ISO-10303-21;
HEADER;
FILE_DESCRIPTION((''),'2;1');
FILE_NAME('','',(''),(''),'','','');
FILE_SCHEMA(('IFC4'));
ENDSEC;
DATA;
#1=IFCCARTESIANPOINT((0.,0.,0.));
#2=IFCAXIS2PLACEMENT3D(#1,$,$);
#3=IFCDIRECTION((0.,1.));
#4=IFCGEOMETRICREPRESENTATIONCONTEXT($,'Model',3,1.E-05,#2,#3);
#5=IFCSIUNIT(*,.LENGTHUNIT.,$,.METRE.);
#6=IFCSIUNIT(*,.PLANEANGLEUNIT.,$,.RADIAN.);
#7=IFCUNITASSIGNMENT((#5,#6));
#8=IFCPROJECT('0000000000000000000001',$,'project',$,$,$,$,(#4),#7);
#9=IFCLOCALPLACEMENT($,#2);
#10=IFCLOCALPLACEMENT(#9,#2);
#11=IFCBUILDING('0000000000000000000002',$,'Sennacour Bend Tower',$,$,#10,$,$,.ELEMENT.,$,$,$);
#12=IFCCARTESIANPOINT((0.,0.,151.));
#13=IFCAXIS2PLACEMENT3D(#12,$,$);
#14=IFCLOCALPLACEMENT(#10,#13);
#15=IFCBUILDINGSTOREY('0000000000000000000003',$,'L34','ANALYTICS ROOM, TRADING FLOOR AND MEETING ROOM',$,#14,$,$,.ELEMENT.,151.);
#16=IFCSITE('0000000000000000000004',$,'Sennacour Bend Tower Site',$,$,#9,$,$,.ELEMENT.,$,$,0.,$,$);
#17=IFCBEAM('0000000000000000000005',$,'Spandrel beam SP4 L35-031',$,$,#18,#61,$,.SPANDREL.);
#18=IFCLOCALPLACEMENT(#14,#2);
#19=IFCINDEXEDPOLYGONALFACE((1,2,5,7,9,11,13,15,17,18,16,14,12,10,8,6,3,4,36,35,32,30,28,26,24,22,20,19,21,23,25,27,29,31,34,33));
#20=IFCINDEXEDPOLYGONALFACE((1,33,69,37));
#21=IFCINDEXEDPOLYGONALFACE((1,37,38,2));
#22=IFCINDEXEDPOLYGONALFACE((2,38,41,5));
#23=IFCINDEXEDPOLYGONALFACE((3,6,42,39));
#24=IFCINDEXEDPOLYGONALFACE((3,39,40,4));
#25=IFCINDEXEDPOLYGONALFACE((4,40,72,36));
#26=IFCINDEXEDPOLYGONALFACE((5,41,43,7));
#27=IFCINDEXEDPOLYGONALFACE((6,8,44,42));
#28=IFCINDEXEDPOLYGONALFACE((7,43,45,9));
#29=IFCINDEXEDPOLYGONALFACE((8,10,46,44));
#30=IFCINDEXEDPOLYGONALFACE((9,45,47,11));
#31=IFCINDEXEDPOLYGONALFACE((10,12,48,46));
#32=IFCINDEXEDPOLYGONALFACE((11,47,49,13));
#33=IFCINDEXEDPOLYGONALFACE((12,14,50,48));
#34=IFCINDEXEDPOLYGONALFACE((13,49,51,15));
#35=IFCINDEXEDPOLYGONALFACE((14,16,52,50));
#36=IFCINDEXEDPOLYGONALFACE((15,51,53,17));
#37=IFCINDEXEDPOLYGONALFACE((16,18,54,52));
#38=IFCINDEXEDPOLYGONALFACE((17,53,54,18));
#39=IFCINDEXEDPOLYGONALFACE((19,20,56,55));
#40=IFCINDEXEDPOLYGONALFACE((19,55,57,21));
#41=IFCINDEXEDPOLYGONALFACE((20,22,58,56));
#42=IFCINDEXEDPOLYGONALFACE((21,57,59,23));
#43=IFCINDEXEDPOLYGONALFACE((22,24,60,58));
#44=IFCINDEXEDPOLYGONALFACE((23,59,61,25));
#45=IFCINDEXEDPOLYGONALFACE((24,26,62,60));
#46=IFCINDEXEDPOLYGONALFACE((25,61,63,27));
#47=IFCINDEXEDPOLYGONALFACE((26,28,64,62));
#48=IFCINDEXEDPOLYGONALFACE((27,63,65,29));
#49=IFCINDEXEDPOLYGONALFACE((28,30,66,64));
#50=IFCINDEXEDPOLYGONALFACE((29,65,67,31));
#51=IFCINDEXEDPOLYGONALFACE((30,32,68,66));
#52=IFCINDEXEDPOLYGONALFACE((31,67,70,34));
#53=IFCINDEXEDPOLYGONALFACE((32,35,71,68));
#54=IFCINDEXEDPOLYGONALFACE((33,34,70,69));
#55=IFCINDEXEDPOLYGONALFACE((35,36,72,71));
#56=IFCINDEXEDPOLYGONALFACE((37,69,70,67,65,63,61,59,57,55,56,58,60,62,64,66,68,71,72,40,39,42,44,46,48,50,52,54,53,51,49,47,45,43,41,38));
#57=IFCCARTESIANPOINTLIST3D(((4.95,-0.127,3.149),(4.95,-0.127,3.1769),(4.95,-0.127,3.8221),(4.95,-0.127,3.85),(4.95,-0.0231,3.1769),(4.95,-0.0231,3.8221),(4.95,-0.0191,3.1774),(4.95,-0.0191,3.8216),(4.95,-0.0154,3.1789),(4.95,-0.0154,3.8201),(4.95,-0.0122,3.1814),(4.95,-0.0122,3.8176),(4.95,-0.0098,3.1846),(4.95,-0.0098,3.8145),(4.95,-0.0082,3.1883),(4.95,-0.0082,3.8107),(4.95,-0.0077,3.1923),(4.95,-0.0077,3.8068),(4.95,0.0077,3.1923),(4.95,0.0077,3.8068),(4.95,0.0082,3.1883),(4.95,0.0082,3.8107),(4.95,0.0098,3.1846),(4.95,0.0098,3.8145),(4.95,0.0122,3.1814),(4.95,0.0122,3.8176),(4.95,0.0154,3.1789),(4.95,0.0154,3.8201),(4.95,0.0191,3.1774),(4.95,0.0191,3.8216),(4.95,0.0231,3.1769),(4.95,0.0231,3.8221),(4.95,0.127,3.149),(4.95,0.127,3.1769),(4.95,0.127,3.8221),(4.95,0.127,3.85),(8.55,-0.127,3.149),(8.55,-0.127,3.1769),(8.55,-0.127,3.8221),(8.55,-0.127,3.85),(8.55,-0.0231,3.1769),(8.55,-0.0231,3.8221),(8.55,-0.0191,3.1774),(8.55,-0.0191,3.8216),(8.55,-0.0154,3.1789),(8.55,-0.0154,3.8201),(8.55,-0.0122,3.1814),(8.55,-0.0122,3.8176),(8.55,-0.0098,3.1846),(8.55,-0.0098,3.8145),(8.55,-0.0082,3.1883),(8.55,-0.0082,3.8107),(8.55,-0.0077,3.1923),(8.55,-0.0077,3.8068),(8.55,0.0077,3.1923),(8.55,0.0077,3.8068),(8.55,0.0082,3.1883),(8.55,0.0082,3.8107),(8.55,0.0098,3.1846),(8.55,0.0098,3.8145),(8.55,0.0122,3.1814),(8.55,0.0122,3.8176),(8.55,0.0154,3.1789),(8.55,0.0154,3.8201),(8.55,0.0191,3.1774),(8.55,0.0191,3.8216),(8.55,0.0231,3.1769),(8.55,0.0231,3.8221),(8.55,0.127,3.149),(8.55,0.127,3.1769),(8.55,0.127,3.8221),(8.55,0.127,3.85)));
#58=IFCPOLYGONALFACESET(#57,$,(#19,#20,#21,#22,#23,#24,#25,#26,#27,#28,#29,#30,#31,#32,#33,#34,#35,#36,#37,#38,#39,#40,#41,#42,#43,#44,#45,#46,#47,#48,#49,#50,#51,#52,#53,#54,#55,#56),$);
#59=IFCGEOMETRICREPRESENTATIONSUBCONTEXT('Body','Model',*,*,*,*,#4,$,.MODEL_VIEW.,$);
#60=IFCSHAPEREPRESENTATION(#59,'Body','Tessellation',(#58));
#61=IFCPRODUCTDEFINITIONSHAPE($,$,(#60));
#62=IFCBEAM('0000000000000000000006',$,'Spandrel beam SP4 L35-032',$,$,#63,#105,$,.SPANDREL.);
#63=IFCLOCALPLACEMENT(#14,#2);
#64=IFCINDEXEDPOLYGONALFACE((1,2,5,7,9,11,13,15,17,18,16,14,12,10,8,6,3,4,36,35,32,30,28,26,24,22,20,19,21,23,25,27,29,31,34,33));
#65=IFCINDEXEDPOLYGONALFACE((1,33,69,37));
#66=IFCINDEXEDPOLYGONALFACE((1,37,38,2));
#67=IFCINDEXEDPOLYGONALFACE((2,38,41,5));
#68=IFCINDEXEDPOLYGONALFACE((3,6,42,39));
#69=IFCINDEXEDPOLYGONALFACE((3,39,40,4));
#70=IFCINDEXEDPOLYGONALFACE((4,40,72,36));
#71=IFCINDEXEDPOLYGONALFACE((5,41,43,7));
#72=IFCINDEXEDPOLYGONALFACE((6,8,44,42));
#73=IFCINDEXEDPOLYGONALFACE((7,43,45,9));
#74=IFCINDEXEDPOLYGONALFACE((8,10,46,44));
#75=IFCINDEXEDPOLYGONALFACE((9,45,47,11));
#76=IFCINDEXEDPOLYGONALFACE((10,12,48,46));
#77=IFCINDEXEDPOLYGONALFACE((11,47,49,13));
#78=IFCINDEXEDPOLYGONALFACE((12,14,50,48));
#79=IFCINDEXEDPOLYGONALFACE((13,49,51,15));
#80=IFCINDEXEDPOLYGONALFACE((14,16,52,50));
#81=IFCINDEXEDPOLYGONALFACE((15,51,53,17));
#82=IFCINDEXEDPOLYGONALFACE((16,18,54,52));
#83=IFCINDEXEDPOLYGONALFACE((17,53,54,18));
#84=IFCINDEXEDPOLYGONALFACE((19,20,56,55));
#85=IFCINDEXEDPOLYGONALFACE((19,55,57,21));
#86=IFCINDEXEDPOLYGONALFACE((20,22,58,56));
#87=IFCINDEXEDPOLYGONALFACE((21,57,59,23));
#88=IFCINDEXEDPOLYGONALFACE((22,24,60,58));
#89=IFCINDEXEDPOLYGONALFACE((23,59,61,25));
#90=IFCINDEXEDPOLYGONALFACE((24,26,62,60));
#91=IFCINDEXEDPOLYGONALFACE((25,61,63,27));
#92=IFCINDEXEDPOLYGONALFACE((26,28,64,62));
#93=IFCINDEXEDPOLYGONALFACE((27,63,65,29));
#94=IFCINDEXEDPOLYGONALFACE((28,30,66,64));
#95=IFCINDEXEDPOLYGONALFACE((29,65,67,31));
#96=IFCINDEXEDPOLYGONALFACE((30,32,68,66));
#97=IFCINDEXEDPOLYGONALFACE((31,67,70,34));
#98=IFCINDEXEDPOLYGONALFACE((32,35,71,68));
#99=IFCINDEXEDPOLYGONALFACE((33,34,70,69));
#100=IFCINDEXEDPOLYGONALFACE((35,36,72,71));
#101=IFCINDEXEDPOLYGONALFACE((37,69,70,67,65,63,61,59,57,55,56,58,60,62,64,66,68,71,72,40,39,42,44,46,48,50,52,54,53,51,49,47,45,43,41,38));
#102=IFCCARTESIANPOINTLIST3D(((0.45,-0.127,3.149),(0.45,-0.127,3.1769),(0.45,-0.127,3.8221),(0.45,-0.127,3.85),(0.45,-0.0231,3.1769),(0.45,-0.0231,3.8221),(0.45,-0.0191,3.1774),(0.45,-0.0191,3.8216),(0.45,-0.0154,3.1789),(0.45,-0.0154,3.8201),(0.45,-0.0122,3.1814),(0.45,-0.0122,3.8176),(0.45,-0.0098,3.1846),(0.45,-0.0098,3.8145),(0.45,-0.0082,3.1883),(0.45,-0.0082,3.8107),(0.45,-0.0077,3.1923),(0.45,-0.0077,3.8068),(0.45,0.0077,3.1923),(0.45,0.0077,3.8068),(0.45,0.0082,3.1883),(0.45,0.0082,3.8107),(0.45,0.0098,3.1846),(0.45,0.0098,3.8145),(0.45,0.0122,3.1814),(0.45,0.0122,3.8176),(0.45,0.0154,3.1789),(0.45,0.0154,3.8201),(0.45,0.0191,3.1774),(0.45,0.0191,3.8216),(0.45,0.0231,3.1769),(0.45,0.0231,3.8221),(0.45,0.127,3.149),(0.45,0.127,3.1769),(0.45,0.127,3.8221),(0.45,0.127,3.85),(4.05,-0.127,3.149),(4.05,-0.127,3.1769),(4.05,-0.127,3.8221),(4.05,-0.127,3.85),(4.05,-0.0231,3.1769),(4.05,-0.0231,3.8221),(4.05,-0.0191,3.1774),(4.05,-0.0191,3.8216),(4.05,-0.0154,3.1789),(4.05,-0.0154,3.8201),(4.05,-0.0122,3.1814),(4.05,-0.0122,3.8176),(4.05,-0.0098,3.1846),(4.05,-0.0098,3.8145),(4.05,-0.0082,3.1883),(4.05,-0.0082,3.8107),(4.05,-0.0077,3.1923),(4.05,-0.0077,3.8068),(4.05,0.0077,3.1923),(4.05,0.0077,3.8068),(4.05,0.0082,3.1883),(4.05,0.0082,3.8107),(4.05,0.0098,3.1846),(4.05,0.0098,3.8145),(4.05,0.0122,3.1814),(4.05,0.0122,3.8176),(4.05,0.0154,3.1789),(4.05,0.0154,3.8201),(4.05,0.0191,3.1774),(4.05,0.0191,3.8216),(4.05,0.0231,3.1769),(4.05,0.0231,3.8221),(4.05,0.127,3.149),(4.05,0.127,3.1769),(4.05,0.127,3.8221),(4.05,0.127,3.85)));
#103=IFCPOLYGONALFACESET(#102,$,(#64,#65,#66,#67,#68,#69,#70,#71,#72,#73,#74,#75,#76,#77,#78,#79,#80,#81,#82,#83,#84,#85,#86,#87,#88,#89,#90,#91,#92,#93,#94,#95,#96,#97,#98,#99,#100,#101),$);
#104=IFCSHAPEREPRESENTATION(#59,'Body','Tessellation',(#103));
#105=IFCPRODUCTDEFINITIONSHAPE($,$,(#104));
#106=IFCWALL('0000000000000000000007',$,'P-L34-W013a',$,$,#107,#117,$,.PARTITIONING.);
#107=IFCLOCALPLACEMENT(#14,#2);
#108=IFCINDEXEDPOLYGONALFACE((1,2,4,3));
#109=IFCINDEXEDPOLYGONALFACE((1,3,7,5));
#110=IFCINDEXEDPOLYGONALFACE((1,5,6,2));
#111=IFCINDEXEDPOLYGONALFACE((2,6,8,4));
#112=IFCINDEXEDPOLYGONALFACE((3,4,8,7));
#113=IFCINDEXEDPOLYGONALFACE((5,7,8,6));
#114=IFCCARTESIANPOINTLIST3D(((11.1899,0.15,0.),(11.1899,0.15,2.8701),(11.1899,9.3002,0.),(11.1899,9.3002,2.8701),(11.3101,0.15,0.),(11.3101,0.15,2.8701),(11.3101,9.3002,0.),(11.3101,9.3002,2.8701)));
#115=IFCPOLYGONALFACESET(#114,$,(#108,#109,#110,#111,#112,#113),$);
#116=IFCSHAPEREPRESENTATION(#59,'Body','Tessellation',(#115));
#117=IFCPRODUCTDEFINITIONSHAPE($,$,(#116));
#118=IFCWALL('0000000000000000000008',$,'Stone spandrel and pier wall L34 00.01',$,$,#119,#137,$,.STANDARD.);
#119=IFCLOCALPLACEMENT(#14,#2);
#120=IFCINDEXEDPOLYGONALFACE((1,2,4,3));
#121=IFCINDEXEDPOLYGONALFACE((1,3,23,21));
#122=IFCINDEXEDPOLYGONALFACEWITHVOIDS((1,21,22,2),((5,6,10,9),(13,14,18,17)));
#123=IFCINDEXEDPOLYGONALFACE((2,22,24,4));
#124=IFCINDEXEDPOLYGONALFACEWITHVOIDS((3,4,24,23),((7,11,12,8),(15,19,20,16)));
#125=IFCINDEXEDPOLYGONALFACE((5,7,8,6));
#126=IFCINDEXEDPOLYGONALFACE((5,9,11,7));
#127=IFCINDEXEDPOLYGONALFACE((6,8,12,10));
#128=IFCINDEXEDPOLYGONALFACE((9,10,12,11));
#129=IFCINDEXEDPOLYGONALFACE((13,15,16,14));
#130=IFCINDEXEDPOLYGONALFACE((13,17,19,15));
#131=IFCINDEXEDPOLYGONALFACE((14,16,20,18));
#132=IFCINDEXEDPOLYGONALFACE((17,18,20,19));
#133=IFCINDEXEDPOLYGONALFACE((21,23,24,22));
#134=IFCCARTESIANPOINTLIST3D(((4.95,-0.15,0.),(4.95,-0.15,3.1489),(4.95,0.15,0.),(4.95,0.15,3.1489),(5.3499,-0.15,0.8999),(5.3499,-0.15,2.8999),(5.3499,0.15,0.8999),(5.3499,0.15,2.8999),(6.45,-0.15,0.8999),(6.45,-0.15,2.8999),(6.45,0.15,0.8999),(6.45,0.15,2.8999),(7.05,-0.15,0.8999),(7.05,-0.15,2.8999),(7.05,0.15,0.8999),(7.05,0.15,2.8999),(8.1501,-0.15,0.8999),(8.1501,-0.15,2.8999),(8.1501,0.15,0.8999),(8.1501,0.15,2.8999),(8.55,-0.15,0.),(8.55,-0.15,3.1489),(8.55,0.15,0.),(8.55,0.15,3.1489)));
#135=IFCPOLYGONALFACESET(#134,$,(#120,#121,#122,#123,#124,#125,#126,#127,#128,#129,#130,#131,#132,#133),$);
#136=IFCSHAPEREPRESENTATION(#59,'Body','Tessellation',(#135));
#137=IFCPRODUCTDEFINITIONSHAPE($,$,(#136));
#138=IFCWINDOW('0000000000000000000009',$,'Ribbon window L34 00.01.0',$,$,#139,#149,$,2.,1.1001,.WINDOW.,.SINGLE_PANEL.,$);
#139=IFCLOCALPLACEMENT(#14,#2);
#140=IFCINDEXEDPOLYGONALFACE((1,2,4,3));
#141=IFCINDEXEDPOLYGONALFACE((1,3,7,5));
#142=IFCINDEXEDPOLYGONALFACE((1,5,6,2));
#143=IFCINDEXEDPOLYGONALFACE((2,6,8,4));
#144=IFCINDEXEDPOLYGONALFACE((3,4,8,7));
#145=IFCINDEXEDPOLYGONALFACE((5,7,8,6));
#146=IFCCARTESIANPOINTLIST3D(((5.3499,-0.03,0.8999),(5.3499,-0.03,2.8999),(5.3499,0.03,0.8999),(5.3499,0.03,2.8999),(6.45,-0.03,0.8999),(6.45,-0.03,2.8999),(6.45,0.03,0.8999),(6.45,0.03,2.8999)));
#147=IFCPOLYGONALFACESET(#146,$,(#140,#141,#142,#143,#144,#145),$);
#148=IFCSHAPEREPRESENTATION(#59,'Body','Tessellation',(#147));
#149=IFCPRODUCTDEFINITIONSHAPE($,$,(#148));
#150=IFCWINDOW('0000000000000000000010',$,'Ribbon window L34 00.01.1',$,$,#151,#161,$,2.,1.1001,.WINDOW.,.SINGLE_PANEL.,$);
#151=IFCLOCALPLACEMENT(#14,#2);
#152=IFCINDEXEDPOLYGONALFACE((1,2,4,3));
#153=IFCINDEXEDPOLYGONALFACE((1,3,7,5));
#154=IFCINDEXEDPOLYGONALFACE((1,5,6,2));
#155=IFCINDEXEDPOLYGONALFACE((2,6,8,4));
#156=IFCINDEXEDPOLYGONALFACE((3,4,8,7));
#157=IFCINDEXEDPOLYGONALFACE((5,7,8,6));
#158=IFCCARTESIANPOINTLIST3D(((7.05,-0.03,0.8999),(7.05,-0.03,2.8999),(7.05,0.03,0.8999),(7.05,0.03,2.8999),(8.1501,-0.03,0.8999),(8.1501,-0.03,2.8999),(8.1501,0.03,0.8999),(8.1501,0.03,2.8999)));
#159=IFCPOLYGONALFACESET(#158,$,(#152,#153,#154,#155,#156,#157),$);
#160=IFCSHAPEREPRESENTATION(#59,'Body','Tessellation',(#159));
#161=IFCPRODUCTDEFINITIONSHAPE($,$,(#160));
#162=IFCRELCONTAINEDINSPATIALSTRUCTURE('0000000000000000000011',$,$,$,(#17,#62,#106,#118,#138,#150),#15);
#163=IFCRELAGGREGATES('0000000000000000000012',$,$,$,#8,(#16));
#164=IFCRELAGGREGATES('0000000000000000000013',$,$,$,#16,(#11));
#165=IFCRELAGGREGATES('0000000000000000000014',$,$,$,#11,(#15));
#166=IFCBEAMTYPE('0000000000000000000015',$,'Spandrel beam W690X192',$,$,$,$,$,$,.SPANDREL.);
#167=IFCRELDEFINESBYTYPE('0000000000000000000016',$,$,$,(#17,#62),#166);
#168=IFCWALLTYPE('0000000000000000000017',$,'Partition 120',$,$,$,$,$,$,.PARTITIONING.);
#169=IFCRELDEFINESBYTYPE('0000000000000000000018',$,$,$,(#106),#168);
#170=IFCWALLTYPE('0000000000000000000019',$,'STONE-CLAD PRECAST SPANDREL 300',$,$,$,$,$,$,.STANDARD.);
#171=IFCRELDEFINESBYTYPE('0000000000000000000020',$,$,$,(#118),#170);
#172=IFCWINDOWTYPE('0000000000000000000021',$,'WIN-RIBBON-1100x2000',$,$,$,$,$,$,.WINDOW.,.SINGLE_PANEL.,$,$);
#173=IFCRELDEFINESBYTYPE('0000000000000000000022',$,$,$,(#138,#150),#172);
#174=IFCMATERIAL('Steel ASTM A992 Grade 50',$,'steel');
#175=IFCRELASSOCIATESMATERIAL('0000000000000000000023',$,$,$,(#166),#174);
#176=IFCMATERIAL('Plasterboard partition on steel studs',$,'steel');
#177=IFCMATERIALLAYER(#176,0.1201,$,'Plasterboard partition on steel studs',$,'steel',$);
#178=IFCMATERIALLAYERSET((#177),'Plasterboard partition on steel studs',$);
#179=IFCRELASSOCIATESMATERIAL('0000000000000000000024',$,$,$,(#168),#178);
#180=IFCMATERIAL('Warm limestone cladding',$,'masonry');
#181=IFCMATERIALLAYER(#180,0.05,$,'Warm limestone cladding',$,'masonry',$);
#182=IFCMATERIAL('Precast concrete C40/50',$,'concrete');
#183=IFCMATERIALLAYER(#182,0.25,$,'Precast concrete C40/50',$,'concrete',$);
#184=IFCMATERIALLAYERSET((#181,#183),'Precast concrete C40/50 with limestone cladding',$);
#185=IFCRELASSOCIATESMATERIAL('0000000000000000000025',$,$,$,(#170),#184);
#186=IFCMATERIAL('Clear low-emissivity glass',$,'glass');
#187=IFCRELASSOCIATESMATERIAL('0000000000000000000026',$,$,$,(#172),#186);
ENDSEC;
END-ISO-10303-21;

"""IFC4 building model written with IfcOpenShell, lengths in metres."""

from ifc_helpers import new_model, si_unit, direction, frame, frame_2d, origin, origin_2d, place, context, subcontext, project, spatial, rectangle, i_section, extrude, material, layer, layer_set, material_profile, profile_set, type_object, element, fill, save


model = new_model("IFC4")

# Units and contexts
model_context = context("Model", 3, precision=1e-05, world=origin(), true_north=direction((0.0, 1.0)))
body_context = subcontext(model_context, "Body", "Model", "MODEL_VIEW")
ifc_project = project(units=[si_unit("LENGTHUNIT", "METRE"), si_unit("PLANEANGLEUNIT", "RADIAN")], contexts=[model_context])

# Site, building, storey
site_placement = place(None, origin())
site = spatial("IfcSite", under=ifc_project, at=site_placement, Name="Sennacour Bend Tower Site", CompositionType="ELEMENT", RefElevation=0.0)
building_placement = place(site_placement, origin())
building = spatial("IfcBuilding", under=site, at=building_placement, Name="Sennacour Bend Tower", CompositionType="ELEMENT")
storey_placement = place(building_placement, frame((0.0, 0.0, 151.0)))
storey = spatial("IfcBuildingStorey", under=building, at=storey_placement, Name="L34", Description="ANALYTICS ROOM, TRADING FLOOR AND MEETING ROOM", CompositionType="ELEMENT", Elevation=151.0)

# Beams
ifc_material_1 = material(Name="Steel ASTM A992 Grade 50", Category="steel")
ifc_material_profile_1 = material_profile(ifc_material_1, i_section(OverallWidth=0.2539, OverallDepth=0.7009, WebThickness=0.0154, FlangeThickness=0.0278, FilletRadius=0.0154, at=origin_2d()), Name="Steel ASTM A992 Grade 50", Category="steel")
ifc_profile_set_1 = profile_set([ifc_material_profile_1], Name="Steel ASTM A992 Grade 50")
beam_type_1 = type_object("IfcBeamType", Name="Spandrel beam W690X192", PredefinedType="SPANDREL", material=ifc_profile_set_1)
for number, where, z_axis, x_axis, name in (
    (1, (8.55, 0.0, 3.4995), (-1.0, 0.0, 0.0), (0.0, -1.0, 0.0), "Spandrel beam SP4 L35-031"),
    (2, (4.05, 0.0, 3.4995), (-1.0, 0.0, 0.0), (0.0, -1.0, 0.0), "Spandrel beam SP4 L35-032"),
):
    element("IfcBeam", number, at=place(storey_placement, frame(where, z_axis=z_axis, x_axis=x_axis)), inside=storey, type_object=beam_type_1, Name=name, PredefinedType="SPANDREL", context=body_context, shape_type="SweptSolid", body=[
        extrude(i_section(OverallWidth=0.2539, OverallDepth=0.7009, WebThickness=0.0154, FlangeThickness=0.0278, FilletRadius=0.0154, at=origin_2d()), origin(), (0.0, 0.0, 1.0), 3.6001),
    ])

# Wall
ifc_material_2 = material(Name="Plasterboard partition on steel studs", Category="steel")
ifc_layer_1 = layer(ifc_material_2, 0.1201, Name="Plasterboard partition on steel studs", Category="steel")
ifc_layer_set_1 = layer_set([ifc_layer_1], Name="Plasterboard partition on steel studs")
wall_type_1 = type_object("IfcWallType", Name="Partition 120", PredefinedType="PARTITIONING", material=ifc_layer_set_1)
wall_1_placement = place(storey_placement, frame((11.25, 0.1499, 0.0), z_axis=(0.0, 0.0, 1.0), x_axis=(0.0, 1.0, 0.0)))
element("IfcWall", 3, at=wall_1_placement, inside=storey, type_object=wall_type_1, Name="P-L34-W013a", PredefinedType="PARTITIONING", context=body_context, shape_type="SweptSolid", body=[
    extrude(rectangle(XDim=9.1501, YDim=0.1201, at=frame_2d((4.5752, 0.0))), origin(), (0.0, 0.0, 1.0), 2.8701),
])

# Wall, openings, windows
ifc_material_3 = material(Name="Warm limestone cladding", Category="masonry")
ifc_layer_2 = layer(ifc_material_3, 0.05, Name="Warm limestone cladding", Category="masonry")
ifc_material_4 = material(Name="Precast concrete C40/50", Category="concrete")
ifc_layer_3 = layer(ifc_material_4, 0.25, Name="Precast concrete C40/50", Category="concrete")
ifc_layer_set_2 = layer_set([ifc_layer_2, ifc_layer_3], Name="Precast concrete C40/50 with limestone cladding")
wall_type_2 = type_object("IfcWallType", Name="STONE-CLAD PRECAST SPANDREL 300", PredefinedType="STANDARD", material=ifc_layer_set_2)
wall_2_placement = place(storey_placement, frame((4.95, 0.0, 0.0), z_axis=(0.0, 0.0, 1.0), x_axis=(1.0, 0.0, 0.0)))
wall_2 = element("IfcWall", 4, at=wall_2_placement, inside=storey, type_object=wall_type_2, Name="Stone spandrel and pier wall L34 00.01", PredefinedType="STANDARD", context=body_context, shape_type="SweptSolid", body=[
    extrude(rectangle(XDim=3.6001, YDim=0.3, at=frame_2d((1.8, 0.0))), origin(), (0.0, 0.0, 1.0), 3.1489),
])
opening_1_placement = place(wall_2_placement, frame((0.3999, 0.0, 0.8999)))
opening_1 = element("IfcOpeningElement", 5, at=opening_1_placement, cuts=wall_2, PredefinedType="OPENING", context=body_context, shape_type="SweptSolid", body=[
    extrude(rectangle(XDim=1.1001, YDim=2.0, at=frame_2d((0.55, 1.0))), frame((0.0, 0.1602, 0.0), z_axis=(0.0, -1.0, 0.0), x_axis=(1.0, 0.0, 0.0)), (0.0, 0.0, 1.0), 0.3201),
])
opening_2_placement = place(wall_2_placement, frame((2.1001, 0.0, 0.8999)))
opening_2 = element("IfcOpeningElement", 6, at=opening_2_placement, cuts=wall_2, PredefinedType="OPENING", context=body_context, shape_type="SweptSolid", body=[
    extrude(rectangle(XDim=1.1001, YDim=2.0, at=frame_2d((0.55, 1.0))), frame((0.0, 0.1602, 0.0), z_axis=(0.0, -1.0, 0.0), x_axis=(1.0, 0.0, 0.0)), (0.0, 0.0, 1.0), 0.3201),
])
ifc_material_5 = material(Name="Clear low-emissivity glass", Category="glass")
window_type_1 = type_object("IfcWindowType", Name="WIN-RIBBON-1100x2000", PartitioningType="SINGLE_PANEL", PredefinedType="WINDOW", material=ifc_material_5)
window_1_placement = place(opening_1_placement, origin())
window_1 = element("IfcWindow", 7, at=window_1_placement, inside=storey, type_object=window_type_1, Name="Ribbon window L34 00.01.0", OverallHeight=2.0, OverallWidth=1.1001, PartitioningType="SINGLE_PANEL", PredefinedType="WINDOW", context=body_context, shape_type="SweptSolid", body=[
    extrude(rectangle(XDim=1.1001, YDim=2.0, at=frame_2d((0.55, 1.0))), frame((0.0, 0.03, 0.0), z_axis=(0.0, -1.0, 0.0), x_axis=(1.0, 0.0, 0.0)), (0.0, 0.0, 1.0), 0.0601),
])
fill(opening_1, window_1)
window_2_placement = place(opening_2_placement, origin())
window_2 = element("IfcWindow", 8, at=window_2_placement, inside=storey, type_object=window_type_1, Name="Ribbon window L34 00.01.1", OverallHeight=2.0, OverallWidth=1.1001, PartitioningType="SINGLE_PANEL", PredefinedType="WINDOW", context=body_context, shape_type="SweptSolid", body=[
    extrude(rectangle(XDim=1.1001, YDim=2.0, at=frame_2d((0.55, 1.0))), frame((0.0, 0.03, 0.0), z_axis=(0.0, -1.0, 0.0), x_axis=(1.0, 0.0, 0.0)), (0.0, 0.0, 1.0), 0.0601),
])
fill(opening_2, window_2)

save(model, "model.ifc")
